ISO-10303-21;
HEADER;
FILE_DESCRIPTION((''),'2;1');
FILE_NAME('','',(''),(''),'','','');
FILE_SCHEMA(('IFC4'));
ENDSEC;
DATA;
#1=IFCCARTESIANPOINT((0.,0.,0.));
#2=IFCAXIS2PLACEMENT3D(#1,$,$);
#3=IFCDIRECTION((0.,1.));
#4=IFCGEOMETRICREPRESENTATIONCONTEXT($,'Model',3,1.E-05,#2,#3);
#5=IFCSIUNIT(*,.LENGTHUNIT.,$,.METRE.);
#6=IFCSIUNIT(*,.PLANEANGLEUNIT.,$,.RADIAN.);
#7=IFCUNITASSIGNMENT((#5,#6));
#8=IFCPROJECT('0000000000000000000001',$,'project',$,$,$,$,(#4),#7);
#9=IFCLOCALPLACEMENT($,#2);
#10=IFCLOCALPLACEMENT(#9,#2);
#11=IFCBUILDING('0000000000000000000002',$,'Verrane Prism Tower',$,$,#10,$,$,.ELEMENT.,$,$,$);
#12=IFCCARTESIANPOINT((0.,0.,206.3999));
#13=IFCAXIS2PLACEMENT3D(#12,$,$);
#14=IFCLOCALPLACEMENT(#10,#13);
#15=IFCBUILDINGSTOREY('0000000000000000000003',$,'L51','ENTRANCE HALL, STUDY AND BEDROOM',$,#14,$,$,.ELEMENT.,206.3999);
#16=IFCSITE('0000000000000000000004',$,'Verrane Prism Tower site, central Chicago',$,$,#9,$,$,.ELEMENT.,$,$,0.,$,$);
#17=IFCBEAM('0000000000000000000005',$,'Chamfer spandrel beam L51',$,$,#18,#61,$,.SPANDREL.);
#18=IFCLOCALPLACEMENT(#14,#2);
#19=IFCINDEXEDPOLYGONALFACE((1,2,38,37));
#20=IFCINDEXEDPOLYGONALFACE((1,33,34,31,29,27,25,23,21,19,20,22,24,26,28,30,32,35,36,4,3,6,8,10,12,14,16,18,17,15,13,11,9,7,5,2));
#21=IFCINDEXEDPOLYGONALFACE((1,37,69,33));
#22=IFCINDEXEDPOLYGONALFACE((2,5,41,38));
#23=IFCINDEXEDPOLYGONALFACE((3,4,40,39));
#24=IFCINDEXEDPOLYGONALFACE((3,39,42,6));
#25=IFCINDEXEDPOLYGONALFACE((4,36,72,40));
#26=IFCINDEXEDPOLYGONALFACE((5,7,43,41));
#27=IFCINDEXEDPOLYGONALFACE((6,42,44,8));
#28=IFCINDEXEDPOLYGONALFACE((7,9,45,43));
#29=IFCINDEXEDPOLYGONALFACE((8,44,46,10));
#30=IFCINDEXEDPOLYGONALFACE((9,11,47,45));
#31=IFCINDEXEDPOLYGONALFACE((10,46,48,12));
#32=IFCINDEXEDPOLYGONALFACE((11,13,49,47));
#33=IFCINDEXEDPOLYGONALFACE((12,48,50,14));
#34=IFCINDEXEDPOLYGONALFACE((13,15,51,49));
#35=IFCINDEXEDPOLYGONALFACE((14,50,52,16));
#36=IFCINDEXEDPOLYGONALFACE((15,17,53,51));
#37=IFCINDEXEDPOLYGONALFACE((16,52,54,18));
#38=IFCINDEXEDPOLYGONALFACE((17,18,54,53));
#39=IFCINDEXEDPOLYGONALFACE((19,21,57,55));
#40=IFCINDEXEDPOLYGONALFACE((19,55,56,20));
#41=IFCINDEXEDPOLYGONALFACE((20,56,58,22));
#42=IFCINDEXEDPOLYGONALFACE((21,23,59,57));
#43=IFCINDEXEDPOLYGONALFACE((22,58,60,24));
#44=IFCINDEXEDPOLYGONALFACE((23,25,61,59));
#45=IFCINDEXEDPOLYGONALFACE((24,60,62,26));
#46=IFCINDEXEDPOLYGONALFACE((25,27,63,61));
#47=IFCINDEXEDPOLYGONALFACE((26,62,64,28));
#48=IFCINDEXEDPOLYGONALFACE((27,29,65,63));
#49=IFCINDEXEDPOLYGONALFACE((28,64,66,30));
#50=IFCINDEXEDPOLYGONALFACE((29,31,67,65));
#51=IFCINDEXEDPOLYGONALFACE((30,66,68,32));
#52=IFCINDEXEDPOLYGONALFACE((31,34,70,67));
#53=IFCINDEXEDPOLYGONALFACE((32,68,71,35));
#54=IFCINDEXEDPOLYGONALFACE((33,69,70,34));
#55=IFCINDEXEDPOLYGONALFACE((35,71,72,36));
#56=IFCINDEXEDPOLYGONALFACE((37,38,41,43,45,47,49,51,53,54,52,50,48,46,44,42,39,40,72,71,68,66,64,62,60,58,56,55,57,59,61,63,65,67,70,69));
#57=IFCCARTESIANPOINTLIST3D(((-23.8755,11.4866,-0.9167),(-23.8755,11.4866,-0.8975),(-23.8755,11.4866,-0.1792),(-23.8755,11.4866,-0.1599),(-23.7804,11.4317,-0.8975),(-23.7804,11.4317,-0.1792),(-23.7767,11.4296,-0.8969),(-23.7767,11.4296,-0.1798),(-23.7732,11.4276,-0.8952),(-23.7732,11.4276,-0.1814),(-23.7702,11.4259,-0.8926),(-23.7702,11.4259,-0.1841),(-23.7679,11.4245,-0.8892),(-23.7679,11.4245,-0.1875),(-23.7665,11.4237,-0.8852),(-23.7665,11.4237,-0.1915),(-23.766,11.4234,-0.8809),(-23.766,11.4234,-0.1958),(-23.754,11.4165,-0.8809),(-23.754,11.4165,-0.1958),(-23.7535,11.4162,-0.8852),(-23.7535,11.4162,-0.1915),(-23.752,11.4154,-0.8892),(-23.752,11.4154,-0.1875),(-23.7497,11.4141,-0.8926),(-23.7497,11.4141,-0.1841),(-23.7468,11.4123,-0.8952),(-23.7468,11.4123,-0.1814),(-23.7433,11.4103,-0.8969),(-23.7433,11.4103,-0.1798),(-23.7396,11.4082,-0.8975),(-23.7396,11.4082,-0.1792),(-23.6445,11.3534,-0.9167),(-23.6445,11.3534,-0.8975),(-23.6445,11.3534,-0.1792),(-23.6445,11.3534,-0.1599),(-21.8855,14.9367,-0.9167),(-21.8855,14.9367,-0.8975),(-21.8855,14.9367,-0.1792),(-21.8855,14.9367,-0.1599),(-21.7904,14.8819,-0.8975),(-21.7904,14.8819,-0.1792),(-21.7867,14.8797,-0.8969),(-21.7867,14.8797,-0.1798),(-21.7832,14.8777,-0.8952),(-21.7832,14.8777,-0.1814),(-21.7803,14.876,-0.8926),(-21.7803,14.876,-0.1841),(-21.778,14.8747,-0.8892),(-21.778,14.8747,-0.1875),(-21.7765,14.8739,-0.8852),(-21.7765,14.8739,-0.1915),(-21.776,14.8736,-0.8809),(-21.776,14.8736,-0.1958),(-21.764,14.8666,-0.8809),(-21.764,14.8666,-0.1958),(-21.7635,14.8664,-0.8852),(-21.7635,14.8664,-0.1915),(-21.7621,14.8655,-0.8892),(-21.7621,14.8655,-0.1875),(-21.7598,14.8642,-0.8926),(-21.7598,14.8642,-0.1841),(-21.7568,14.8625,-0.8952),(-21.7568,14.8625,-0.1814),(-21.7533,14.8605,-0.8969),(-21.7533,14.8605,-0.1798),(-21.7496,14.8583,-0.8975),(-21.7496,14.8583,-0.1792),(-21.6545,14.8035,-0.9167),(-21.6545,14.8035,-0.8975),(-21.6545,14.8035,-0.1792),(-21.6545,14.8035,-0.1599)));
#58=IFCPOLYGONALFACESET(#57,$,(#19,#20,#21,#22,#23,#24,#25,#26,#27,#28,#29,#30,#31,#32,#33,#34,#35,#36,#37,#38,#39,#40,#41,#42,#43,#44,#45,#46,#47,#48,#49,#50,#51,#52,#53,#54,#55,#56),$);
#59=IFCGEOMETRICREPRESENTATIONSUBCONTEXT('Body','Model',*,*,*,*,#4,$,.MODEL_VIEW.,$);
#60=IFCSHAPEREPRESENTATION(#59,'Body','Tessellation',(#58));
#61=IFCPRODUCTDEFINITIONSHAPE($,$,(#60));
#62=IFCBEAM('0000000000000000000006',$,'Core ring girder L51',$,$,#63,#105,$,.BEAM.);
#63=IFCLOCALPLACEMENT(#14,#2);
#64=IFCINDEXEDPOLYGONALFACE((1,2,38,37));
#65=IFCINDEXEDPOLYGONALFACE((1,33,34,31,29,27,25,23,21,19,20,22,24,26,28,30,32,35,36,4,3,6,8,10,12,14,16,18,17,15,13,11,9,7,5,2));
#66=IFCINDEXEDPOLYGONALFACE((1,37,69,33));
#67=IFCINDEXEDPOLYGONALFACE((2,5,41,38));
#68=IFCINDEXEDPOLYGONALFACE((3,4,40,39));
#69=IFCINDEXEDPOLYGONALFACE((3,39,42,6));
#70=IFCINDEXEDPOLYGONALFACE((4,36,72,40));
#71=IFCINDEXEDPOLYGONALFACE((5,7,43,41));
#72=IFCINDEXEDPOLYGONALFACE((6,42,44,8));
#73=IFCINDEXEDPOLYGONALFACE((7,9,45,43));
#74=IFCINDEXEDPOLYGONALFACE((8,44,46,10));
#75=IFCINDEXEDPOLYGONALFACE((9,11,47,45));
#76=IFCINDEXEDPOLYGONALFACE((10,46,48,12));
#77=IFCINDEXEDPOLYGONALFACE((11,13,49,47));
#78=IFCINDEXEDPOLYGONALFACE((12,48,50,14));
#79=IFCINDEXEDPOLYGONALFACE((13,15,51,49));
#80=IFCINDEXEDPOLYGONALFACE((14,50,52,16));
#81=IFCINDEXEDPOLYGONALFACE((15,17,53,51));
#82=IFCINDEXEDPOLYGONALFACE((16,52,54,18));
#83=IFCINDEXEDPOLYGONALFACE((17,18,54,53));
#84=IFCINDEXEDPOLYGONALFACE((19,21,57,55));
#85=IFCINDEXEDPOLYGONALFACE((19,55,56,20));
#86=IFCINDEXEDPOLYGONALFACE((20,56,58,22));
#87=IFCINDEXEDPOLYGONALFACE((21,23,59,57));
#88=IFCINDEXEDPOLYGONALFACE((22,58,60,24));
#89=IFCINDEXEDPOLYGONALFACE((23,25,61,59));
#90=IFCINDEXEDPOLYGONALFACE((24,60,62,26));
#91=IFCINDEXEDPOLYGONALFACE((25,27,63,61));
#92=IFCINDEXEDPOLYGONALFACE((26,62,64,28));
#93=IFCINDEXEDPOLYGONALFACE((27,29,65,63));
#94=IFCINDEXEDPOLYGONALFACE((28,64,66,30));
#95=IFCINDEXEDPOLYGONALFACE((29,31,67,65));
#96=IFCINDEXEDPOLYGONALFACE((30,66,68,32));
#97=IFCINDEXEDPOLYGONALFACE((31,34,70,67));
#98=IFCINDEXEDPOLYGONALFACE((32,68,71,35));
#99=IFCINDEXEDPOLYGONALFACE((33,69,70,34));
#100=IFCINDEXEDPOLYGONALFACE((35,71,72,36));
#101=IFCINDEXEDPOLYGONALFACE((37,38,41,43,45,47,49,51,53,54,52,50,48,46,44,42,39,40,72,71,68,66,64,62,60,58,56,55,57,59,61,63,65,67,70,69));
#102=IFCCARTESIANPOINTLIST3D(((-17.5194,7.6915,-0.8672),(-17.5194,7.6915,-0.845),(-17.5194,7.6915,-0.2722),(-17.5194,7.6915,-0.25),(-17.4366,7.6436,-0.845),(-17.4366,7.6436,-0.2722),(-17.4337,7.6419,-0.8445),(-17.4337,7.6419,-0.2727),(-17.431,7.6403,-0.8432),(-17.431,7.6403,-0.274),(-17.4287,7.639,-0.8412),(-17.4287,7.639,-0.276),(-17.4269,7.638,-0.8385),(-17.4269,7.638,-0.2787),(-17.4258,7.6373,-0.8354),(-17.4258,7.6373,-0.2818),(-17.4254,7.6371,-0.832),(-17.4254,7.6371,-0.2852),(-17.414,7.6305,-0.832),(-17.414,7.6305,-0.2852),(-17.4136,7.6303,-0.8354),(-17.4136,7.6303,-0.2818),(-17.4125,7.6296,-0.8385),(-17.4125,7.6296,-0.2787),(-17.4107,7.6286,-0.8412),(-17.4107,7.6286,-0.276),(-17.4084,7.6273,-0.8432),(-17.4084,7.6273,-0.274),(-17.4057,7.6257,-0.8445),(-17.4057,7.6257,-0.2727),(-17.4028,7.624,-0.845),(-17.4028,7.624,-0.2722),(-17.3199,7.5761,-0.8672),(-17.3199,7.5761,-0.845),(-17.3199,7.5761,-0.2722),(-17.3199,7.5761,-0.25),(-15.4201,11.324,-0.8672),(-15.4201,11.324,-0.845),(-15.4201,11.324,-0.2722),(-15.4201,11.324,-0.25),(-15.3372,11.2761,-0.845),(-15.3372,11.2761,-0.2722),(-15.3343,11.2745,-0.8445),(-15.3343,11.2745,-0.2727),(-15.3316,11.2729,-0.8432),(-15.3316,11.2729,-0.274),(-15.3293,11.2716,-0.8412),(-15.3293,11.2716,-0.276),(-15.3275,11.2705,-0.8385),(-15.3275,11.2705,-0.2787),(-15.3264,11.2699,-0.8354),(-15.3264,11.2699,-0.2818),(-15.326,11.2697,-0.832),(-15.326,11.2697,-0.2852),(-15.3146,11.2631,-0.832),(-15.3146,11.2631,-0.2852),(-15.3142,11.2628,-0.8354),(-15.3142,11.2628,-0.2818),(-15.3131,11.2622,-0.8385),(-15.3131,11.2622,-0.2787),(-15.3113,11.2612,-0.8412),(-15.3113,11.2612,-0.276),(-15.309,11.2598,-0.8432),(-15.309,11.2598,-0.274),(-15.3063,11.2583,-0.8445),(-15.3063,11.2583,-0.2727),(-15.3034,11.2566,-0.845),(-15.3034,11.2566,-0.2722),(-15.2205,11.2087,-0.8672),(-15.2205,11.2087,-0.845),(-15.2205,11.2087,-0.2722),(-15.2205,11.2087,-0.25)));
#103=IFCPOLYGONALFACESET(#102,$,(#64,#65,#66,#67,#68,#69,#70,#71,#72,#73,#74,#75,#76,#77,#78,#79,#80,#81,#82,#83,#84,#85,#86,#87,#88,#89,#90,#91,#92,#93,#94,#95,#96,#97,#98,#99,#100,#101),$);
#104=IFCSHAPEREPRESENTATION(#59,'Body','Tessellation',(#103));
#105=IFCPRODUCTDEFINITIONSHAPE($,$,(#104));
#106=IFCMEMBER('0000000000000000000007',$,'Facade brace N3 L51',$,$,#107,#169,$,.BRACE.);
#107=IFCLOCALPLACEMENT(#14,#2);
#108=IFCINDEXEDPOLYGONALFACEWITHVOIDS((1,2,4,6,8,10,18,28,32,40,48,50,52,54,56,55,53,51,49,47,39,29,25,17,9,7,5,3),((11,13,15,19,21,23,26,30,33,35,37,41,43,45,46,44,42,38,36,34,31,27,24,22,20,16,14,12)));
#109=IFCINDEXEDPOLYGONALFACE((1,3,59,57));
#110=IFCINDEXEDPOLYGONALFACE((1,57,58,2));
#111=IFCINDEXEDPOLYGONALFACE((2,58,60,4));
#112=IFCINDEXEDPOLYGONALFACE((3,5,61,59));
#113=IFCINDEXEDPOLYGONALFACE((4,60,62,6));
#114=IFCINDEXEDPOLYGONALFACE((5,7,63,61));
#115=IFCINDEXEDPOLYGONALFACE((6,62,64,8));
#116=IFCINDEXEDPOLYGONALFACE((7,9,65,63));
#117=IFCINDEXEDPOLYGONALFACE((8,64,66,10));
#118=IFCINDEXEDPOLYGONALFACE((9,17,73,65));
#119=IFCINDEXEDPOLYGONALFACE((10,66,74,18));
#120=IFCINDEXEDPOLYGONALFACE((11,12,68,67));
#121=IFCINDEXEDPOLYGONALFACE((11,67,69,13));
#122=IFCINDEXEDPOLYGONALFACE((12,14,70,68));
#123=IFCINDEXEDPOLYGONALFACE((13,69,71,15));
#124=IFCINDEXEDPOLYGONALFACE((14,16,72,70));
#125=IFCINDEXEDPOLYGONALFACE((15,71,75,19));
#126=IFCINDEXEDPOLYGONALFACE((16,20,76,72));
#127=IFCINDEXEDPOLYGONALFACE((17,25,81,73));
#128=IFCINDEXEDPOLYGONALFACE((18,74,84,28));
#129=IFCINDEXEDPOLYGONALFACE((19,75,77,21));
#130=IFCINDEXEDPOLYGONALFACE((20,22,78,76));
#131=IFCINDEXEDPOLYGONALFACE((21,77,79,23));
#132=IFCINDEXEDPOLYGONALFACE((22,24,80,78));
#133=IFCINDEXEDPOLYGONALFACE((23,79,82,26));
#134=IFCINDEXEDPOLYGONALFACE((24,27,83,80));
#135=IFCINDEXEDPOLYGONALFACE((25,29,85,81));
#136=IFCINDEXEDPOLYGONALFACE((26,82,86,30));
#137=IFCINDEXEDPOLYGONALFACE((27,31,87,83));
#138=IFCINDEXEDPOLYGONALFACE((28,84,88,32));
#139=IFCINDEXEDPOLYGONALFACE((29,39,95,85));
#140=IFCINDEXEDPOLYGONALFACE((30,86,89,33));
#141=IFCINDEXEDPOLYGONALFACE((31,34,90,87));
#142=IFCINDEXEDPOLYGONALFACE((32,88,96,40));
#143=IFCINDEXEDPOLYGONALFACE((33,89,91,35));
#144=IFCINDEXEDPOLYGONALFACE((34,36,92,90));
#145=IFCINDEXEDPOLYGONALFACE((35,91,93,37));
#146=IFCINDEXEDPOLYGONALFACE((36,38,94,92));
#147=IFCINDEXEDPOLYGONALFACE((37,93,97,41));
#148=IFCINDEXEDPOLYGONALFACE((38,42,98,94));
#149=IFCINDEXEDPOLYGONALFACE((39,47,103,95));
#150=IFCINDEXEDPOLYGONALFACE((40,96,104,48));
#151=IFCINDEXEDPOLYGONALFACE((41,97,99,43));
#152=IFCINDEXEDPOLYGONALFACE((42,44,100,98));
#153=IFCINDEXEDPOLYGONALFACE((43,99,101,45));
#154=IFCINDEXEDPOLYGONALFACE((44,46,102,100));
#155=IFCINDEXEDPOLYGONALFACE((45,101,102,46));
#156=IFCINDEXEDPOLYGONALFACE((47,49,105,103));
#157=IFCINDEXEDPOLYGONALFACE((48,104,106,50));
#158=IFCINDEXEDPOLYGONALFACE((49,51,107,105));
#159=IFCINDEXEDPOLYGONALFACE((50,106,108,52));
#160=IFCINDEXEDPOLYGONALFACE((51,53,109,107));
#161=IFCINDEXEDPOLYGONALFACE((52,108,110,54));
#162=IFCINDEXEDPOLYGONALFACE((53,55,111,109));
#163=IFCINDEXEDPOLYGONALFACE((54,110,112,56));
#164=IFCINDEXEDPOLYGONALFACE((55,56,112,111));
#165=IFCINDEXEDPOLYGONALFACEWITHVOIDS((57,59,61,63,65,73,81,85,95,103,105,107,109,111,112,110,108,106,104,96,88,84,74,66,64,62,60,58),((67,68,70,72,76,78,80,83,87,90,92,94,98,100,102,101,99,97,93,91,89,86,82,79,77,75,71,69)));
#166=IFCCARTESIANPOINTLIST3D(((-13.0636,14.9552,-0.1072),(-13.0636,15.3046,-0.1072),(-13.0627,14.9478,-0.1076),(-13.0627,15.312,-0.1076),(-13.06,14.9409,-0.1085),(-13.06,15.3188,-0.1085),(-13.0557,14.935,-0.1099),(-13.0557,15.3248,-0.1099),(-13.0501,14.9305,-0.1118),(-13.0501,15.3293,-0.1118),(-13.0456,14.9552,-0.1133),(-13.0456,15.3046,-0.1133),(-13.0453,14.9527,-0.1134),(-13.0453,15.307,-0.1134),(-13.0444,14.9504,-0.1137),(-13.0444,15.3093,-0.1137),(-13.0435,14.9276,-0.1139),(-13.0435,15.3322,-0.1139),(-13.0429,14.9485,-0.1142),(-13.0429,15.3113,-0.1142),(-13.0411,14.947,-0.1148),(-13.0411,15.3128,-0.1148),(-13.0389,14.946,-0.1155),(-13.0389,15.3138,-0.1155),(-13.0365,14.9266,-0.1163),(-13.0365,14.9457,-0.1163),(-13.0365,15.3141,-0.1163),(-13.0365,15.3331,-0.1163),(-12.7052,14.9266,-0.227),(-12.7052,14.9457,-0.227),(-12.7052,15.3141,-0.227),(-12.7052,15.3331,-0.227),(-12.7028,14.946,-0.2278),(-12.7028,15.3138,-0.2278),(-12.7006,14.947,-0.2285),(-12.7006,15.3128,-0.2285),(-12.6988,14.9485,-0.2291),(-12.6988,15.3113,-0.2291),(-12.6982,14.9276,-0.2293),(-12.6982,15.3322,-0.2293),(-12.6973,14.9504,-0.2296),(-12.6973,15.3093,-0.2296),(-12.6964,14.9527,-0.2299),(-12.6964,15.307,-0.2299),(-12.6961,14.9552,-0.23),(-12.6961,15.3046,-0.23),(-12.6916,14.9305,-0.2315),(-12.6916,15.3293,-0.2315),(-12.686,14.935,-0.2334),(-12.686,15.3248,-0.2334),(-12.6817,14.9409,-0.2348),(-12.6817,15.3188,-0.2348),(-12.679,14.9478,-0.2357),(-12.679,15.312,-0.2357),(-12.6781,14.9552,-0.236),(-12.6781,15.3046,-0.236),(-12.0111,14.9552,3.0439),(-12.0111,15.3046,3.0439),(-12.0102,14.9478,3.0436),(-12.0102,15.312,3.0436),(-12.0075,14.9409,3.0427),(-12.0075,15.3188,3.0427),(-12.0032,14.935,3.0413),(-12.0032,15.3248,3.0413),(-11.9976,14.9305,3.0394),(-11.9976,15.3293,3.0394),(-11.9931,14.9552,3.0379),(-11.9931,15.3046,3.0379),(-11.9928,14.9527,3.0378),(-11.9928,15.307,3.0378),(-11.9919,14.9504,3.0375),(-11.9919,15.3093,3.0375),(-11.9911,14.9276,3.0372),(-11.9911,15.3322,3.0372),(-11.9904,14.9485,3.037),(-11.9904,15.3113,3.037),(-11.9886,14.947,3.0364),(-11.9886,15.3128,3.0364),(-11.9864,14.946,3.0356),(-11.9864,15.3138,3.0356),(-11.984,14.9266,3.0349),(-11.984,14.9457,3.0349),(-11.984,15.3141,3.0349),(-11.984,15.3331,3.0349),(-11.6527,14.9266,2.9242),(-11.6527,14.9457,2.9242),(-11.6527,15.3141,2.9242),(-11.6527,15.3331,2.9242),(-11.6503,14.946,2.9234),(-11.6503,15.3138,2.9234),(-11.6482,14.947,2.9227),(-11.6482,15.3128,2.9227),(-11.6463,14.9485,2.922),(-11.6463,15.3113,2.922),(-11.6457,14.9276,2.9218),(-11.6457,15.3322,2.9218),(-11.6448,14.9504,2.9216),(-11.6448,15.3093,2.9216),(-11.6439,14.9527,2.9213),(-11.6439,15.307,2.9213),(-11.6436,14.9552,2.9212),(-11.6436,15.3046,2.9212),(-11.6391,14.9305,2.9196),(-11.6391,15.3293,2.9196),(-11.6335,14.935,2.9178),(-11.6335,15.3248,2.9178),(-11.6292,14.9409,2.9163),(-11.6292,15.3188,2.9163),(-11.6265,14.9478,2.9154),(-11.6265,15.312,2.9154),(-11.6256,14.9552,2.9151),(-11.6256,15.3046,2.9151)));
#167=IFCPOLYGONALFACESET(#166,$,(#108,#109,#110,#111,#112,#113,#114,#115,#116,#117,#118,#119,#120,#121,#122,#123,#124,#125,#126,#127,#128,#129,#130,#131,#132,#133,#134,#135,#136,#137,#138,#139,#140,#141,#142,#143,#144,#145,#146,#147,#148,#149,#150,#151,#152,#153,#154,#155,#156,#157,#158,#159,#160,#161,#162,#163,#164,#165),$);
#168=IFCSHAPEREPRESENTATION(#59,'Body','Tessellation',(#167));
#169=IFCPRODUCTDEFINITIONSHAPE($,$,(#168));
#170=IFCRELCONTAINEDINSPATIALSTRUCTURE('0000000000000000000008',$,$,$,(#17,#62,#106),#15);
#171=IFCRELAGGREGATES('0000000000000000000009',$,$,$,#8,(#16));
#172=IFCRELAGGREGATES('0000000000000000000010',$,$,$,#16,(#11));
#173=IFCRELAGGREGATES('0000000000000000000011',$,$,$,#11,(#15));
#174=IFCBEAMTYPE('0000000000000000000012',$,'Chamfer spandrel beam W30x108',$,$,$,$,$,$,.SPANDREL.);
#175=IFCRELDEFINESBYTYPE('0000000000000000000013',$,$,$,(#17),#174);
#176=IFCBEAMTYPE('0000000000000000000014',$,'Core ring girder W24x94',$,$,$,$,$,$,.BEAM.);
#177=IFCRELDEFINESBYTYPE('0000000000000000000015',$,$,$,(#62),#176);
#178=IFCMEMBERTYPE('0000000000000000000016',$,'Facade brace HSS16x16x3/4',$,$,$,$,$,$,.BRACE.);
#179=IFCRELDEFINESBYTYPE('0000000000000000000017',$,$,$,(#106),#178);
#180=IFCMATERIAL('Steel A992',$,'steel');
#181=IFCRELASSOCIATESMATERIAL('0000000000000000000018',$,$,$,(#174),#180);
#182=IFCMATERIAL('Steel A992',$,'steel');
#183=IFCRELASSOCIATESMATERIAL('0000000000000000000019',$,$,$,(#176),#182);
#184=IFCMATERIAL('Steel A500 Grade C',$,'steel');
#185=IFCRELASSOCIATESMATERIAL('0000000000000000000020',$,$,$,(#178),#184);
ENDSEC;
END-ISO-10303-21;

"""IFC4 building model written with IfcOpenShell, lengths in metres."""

from ifc_helpers import new_model, si_unit, direction, frame, origin, origin_2d, place, context, subcontext, project, spatial, hollow_rectangle, i_section, extrude, material, material_profile, profile_set, type_object, element, save


model = new_model("IFC4")

# Units and contexts
model_context = context("Model", 3, precision=1e-05, world=origin(), true_north=direction((0.0, 1.0)))
body_context = subcontext(model_context, "Body", "Model", "MODEL_VIEW")
ifc_project = project(units=[si_unit("LENGTHUNIT", "METRE"), si_unit("PLANEANGLEUNIT", "RADIAN")], contexts=[model_context])

# Site, building, storey
site_placement = place(None, origin())
site = spatial("IfcSite", under=ifc_project, at=site_placement, Name="Verrane Prism Tower site, central Chicago", CompositionType="ELEMENT", RefElevation=0.0)
building_placement = place(site_placement, origin())
building = spatial("IfcBuilding", under=site, at=building_placement, Name="Verrane Prism Tower", CompositionType="ELEMENT")
storey_placement = place(building_placement, frame((0.0, 0.0, 206.3999)))
storey = spatial("IfcBuildingStorey", under=building, at=storey_placement, Name="L51", Description="ENTRANCE HALL, STUDY AND BEDROOM", CompositionType="ELEMENT", Elevation=206.3999)

# Beams
ifc_material_1 = material(Name="Steel A992", Category="steel")
ifc_material_profile_1 = material_profile(ifc_material_1, i_section(OverallWidth=0.2666, OverallDepth=0.7568, WebThickness=0.0139, FlangeThickness=0.0193, FilletRadius=0.0166, at=origin_2d()), Name="W30x108")
ifc_profile_set_1 = profile_set([ifc_material_profile_1], Name="Steel A992")
beam_type_1 = type_object("IfcBeamType", Name="Chamfer spandrel beam W30x108", PredefinedType="SPANDREL", material=ifc_profile_set_1)
beam_1_placement = place(storey_placement, frame((-21.77, 14.8701, -0.5383), z_axis=(-0.499627, -0.866241, 0.0), x_axis=(0.866241, -0.499627, 0.0)))
element("IfcBeam", 1, at=beam_1_placement, inside=storey, type_object=beam_type_1, Name="Chamfer spandrel beam L51", PredefinedType="SPANDREL", context=body_context, shape_type="SweptSolid", body=[
    extrude(i_section(OverallWidth=0.2666, OverallDepth=0.7568, WebThickness=0.0139, FlangeThickness=0.0193, FilletRadius=0.0166, at=origin_2d()), origin(), (0.0, 0.0, 1.0), 3.9829),
])
ifc_material_2 = material(Name="Steel A992", Category="steel")
ifc_material_profile_2 = material_profile(ifc_material_2, i_section(OverallWidth=0.2305, OverallDepth=0.6172, WebThickness=0.0132, FlangeThickness=0.0222, FilletRadius=0.0129, at=origin_2d()), Name="W24x94")
ifc_profile_set_2 = profile_set([ifc_material_profile_2], Name="Steel A992")
beam_type_2 = type_object("IfcBeamType", Name="Core ring girder W24x94", PredefinedType="BEAM", material=ifc_profile_set_2)
beam_2_placement = place(storey_placement, frame((-15.3203, 11.2664, -0.5586), z_axis=(-0.500376, -0.865808, 0.0), x_axis=(0.865808, -0.500376, 0.0)))
element("IfcBeam", 2, at=beam_2_placement, inside=storey, type_object=beam_type_2, Name="Core ring girder L51", PredefinedType="BEAM", context=body_context, shape_type="SweptSolid", body=[
    extrude(i_section(OverallWidth=0.2305, OverallDepth=0.6172, WebThickness=0.0132, FlangeThickness=0.0222, FilletRadius=0.0129, at=origin_2d()), origin(), (0.0, 0.0, 1.0), 4.1956),
])

# Member
ifc_material_3 = material(Name="Steel A500 Grade C", Category="steel")
ifc_material_profile_3 = material_profile(ifc_material_3, hollow_rectangle(XDim=0.4065, YDim=0.4065, WallThickness=0.019, InnerFilletRadius=0.0095, OuterFilletRadius=0.0286, at=origin_2d()), Name="HSS16x16x3/4")
ifc_profile_set_3 = profile_set([ifc_material_profile_3], Name="Steel A500 Grade C")
member_type_1 = type_object("IfcMemberType", Name="Facade brace HSS16x16x3/4", PredefinedType="BRACE", material=ifc_profile_set_3)
for number, where, z_axis, x_axis, name in (
    (3, (-12.8708, 15.1299, -0.1716), (0.316801, 0.0, 0.948492), (0.0, 1.0, 0.0), "Facade brace N3 L51"),
):
    element("IfcMember", number, at=place(storey_placement, frame(where, z_axis=z_axis, x_axis=x_axis)), inside=storey, type_object=member_type_1, Name=name, PredefinedType="BRACE", context=body_context, shape_type="SweptSolid", body=[
        extrude(hollow_rectangle(XDim=0.4065, YDim=0.4065, WallThickness=0.019, InnerFilletRadius=0.0095, OuterFilletRadius=0.0286, at=origin_2d()), origin(), (0.0, 0.0, 1.0), 3.3223),
    ])

save(model, "model.ifc")
